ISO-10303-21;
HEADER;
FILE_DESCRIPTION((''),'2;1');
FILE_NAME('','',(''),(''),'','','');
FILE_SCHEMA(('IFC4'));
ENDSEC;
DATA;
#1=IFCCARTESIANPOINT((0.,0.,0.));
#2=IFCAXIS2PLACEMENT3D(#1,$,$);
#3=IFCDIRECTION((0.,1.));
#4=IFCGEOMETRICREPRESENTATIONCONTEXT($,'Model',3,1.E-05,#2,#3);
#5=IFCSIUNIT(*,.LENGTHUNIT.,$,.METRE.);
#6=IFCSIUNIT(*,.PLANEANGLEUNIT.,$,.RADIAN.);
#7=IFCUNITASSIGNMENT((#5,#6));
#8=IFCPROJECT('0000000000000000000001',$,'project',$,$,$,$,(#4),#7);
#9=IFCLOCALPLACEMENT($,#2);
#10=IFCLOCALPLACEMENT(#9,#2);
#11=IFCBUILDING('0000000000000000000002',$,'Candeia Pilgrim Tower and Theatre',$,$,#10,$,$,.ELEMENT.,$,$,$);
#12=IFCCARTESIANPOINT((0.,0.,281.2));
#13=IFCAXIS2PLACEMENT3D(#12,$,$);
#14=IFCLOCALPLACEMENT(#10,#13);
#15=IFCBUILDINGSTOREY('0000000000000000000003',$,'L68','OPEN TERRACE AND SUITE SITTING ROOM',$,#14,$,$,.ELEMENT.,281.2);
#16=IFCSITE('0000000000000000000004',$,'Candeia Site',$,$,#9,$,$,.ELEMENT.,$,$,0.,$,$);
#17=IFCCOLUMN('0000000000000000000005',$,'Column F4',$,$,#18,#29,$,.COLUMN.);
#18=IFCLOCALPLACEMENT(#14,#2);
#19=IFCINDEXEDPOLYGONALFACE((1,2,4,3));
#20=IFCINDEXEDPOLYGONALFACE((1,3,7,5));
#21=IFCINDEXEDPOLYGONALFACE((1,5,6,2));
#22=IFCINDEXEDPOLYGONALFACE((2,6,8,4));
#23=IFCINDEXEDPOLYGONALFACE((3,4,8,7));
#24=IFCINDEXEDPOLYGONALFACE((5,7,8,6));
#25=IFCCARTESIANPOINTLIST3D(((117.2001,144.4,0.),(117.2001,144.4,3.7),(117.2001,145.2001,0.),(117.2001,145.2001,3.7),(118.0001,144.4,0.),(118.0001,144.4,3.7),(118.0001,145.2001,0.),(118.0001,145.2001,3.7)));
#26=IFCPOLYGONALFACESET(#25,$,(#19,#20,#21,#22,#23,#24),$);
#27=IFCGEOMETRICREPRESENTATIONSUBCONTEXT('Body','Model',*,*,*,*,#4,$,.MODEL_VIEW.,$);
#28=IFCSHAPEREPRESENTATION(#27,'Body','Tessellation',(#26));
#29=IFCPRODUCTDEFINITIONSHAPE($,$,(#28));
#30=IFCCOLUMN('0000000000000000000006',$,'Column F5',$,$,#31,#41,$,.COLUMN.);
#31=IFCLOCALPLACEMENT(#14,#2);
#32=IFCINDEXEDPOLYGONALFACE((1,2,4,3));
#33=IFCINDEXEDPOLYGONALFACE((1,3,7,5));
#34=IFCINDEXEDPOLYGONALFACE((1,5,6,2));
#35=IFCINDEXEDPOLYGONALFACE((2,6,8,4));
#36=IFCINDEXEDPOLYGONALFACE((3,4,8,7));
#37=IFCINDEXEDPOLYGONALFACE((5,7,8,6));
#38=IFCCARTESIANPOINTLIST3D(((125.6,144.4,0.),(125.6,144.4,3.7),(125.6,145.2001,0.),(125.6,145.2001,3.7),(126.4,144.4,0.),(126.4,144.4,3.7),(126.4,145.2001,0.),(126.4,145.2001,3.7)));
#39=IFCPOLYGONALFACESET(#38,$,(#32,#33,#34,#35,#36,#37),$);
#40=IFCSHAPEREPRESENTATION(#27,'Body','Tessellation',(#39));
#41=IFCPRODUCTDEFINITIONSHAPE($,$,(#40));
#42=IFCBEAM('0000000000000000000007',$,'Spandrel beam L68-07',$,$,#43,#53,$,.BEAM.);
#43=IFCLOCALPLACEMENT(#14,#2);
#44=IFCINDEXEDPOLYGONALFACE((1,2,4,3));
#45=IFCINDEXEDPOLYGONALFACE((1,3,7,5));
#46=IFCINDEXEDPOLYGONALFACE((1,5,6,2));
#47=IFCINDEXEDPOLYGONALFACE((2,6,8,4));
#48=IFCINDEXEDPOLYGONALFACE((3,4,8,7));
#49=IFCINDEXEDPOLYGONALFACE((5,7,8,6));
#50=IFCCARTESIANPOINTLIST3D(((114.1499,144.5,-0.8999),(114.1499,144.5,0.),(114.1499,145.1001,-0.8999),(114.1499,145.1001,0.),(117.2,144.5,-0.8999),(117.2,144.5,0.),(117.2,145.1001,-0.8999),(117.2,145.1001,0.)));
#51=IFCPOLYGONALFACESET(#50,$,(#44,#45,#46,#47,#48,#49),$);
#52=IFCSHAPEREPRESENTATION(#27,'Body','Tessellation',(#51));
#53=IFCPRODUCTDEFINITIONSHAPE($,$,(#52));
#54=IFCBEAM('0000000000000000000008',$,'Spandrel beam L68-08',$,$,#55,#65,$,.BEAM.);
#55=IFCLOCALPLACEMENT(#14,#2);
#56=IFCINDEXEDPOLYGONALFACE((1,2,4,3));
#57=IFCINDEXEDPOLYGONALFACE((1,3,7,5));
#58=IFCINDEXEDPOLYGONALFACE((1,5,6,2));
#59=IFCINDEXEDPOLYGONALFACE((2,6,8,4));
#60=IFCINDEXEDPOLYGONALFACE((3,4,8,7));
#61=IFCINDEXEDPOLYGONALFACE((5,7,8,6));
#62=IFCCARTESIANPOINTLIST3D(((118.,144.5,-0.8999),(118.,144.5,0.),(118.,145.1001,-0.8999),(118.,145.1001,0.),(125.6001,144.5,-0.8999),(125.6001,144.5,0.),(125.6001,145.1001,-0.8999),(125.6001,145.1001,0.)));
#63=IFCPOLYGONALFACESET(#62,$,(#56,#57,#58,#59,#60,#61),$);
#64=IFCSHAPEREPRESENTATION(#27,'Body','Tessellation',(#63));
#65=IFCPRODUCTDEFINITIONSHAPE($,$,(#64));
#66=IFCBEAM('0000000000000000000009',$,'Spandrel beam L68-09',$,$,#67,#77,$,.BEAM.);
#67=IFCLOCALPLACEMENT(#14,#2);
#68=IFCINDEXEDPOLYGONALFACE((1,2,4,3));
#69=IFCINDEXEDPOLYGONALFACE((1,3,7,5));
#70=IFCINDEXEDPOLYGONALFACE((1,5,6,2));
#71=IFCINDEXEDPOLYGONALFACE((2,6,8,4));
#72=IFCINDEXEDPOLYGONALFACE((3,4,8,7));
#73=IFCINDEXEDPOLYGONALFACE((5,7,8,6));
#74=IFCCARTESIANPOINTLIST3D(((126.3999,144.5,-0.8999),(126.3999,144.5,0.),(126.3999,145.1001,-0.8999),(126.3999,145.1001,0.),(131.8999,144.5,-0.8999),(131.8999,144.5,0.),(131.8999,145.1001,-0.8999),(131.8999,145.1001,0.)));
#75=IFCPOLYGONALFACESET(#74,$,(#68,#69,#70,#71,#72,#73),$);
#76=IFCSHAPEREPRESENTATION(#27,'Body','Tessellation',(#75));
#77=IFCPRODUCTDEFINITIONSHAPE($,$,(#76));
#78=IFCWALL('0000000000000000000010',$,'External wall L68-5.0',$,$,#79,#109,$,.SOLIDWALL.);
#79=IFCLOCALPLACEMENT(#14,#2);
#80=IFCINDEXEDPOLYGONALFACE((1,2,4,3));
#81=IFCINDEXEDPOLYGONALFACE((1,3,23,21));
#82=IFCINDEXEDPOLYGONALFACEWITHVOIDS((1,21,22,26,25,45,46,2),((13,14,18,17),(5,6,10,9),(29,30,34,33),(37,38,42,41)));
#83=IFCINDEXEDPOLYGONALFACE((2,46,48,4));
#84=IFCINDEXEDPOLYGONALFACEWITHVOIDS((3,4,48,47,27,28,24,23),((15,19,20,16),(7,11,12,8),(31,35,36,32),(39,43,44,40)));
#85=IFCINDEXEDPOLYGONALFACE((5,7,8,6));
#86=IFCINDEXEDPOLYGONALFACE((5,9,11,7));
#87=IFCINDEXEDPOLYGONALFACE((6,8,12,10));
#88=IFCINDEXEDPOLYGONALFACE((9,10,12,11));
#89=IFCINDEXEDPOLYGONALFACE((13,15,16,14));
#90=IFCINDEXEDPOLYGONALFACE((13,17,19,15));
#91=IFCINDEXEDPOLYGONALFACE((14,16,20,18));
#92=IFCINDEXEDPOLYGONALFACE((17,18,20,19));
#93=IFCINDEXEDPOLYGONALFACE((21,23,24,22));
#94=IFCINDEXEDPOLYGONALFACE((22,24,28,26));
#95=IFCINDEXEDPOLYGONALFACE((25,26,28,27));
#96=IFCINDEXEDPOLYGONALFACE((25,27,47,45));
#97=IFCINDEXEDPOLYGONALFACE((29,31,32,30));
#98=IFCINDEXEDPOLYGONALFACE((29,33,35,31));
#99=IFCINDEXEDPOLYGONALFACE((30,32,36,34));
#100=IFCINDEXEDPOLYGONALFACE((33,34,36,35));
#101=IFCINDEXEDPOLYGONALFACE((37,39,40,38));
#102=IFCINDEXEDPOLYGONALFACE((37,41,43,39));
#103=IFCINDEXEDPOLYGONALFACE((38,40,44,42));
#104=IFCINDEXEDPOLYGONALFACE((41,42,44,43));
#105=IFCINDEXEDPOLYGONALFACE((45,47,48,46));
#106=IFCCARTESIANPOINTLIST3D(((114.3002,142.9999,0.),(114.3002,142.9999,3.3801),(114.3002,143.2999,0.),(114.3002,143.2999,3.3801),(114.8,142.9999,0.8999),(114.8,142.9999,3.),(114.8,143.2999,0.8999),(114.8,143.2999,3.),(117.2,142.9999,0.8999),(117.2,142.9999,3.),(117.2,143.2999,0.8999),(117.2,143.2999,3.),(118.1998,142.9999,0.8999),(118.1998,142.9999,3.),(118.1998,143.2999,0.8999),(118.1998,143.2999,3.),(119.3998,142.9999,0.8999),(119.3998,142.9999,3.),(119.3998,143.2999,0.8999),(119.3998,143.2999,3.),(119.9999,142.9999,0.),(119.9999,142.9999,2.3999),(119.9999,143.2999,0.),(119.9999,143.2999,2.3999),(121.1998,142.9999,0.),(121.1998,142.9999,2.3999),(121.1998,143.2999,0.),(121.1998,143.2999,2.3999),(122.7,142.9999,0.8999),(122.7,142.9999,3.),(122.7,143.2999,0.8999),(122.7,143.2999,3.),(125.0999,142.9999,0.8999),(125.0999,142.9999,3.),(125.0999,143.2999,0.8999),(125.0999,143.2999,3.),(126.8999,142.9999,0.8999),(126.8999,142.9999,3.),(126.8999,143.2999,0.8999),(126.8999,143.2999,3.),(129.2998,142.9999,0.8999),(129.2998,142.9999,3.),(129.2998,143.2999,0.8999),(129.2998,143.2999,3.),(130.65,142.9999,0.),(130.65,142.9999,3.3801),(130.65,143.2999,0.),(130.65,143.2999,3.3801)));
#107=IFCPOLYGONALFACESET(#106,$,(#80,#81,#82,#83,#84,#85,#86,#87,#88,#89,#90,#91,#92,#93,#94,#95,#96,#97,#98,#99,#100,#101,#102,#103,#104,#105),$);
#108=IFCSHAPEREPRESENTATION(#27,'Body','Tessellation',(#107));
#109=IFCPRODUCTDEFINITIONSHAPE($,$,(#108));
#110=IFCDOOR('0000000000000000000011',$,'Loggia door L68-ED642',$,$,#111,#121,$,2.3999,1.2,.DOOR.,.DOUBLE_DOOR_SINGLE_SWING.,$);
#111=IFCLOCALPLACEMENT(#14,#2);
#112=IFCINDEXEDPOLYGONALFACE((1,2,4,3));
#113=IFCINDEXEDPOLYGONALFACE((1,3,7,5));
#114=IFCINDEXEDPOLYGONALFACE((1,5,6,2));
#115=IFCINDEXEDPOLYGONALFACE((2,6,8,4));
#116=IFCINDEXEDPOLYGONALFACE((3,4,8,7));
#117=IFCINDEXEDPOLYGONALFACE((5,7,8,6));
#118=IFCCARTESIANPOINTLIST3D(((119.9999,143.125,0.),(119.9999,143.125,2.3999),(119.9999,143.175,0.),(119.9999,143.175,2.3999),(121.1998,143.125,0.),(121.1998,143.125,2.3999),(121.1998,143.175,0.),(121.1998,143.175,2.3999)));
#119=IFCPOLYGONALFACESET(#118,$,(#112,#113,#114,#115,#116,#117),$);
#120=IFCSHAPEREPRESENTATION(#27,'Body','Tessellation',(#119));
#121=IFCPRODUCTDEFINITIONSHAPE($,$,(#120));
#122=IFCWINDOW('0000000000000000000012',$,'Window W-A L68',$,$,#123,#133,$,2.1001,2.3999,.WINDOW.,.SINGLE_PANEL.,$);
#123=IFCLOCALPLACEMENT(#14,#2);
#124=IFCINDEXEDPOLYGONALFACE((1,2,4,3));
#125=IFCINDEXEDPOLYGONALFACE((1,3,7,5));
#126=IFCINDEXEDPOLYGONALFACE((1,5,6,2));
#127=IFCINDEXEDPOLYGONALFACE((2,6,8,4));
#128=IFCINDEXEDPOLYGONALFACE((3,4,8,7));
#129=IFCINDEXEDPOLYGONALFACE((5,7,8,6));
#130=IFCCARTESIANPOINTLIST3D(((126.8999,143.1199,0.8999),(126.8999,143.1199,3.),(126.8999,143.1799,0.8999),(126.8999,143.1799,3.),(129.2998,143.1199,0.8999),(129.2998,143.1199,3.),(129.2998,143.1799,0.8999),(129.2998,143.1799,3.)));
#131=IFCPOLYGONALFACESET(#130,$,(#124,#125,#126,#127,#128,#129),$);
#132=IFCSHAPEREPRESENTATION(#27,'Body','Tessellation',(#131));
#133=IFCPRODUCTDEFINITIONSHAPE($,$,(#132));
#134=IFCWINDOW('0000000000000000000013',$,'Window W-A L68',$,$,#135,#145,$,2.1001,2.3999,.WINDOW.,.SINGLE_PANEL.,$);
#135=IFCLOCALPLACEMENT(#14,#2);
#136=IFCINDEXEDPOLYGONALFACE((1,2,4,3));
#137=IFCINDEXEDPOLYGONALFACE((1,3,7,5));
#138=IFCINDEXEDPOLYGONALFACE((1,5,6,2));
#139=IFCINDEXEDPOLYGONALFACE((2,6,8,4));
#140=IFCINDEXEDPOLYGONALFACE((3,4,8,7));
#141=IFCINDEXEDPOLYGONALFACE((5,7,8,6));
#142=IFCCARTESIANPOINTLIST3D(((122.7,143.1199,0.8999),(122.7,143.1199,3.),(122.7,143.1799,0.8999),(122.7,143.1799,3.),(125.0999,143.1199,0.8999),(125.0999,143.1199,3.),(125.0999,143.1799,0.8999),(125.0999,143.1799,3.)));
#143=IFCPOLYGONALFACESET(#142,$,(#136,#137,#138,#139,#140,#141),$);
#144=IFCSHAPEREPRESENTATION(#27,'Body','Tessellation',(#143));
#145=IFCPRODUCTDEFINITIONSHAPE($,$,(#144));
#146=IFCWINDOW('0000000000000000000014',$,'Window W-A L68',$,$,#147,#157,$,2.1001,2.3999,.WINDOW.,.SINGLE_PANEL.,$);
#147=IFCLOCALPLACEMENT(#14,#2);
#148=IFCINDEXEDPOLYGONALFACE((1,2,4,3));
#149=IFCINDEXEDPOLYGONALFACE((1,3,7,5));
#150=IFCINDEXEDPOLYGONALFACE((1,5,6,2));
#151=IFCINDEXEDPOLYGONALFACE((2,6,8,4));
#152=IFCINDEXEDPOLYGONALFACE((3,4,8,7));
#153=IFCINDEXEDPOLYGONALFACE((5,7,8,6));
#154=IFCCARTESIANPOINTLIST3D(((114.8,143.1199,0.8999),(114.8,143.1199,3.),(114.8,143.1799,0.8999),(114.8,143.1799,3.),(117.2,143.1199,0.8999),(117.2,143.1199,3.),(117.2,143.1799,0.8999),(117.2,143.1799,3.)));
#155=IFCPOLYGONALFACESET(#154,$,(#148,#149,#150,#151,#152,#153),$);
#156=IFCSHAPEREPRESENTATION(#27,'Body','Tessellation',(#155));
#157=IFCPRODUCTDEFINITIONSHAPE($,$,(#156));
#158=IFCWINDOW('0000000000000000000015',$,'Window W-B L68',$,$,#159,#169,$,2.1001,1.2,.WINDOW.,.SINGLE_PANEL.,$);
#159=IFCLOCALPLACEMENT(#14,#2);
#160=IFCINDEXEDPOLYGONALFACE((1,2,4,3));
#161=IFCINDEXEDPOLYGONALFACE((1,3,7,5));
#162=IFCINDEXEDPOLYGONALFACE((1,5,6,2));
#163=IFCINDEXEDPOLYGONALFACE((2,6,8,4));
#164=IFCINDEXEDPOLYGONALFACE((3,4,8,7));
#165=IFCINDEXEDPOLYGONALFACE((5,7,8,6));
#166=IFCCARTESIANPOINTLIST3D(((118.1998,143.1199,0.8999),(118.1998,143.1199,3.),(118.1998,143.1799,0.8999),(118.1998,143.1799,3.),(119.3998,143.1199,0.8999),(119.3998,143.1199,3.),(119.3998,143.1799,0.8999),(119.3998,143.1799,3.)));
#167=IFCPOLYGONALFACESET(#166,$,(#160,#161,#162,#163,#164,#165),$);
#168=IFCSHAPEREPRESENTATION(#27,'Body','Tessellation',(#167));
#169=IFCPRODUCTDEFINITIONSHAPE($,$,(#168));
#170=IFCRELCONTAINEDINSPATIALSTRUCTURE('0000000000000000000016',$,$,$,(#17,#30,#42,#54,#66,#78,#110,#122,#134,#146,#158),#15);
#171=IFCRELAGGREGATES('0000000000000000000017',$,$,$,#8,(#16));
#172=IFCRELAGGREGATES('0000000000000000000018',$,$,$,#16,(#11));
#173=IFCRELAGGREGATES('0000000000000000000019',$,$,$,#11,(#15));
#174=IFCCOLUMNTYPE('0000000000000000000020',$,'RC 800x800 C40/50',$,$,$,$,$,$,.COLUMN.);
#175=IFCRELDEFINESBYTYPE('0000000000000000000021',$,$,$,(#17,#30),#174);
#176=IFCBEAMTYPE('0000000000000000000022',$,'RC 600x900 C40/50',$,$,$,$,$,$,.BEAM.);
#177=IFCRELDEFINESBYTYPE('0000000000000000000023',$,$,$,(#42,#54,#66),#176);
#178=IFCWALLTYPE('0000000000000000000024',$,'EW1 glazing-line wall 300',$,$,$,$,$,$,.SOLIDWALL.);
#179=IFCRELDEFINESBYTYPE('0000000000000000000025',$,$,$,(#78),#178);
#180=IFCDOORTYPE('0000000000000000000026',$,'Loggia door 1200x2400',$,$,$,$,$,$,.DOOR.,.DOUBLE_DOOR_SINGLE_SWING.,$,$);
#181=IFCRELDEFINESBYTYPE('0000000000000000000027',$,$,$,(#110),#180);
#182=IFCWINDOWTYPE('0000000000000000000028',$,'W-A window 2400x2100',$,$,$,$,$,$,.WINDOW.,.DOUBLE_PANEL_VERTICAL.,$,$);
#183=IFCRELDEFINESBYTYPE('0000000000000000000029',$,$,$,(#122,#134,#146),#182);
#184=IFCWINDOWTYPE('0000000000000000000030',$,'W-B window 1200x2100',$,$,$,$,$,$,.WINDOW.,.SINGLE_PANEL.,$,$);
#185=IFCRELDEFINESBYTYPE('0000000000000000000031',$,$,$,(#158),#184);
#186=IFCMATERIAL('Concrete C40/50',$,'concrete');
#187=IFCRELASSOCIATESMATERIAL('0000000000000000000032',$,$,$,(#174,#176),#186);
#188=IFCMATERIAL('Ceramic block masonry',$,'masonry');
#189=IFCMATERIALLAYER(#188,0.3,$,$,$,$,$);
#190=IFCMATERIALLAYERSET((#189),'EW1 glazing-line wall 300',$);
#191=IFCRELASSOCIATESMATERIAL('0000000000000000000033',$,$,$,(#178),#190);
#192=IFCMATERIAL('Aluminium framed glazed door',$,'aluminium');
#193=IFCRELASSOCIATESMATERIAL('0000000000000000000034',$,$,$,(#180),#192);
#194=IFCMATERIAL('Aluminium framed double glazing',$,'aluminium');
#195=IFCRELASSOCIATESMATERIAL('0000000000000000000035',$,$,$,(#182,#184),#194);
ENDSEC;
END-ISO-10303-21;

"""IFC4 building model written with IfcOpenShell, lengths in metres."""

from ifc_helpers import new_model, si_unit, direction, frame, frame_2d, origin, origin_2d, place, context, subcontext, project, spatial, rectangle, extrude, material, layer, layer_set, material_profile, profile_set, type_object, element, fill, save


model = new_model("IFC4")

# Units and contexts
model_context = context("Model", 3, precision=1e-05, world=origin(), true_north=direction((0.0, 1.0)))
body_context = subcontext(model_context, "Body", "Model", "MODEL_VIEW")
ifc_project = project(units=[si_unit("LENGTHUNIT", "METRE"), si_unit("PLANEANGLEUNIT", "RADIAN")], contexts=[model_context])

# Site, building, storey
site_placement = place(None, origin())
site = spatial("IfcSite", under=ifc_project, at=site_placement, Name="Candeia Site", CompositionType="ELEMENT", RefElevation=0.0)
building_placement = place(site_placement, origin())
building = spatial("IfcBuilding", under=site, at=building_placement, Name="Candeia Pilgrim Tower and Theatre", CompositionType="ELEMENT")
storey_placement = place(building_placement, frame((0.0, 0.0, 281.2)))
storey = spatial("IfcBuildingStorey", under=building, at=storey_placement, Name="L68", Description="OPEN TERRACE AND SUITE SITTING ROOM", CompositionType="ELEMENT", Elevation=281.2)

# Columns
ifc_material_1 = material(Name="Concrete C40/50", Category="concrete")
ifc_material_profile_1 = material_profile(ifc_material_1, rectangle(XDim=0.8, YDim=0.8, at=origin_2d()))
ifc_profile_set_1 = profile_set([ifc_material_profile_1], Name="Concrete C40/50")
column_type = type_object("IfcColumnType", Name="RC 800x800 C40/50", PredefinedType="COLUMN", material=ifc_profile_set_1)
for number, where, z_axis, x_axis, name in (
    (1, (117.6001, 144.8, 0.0), (0.0, 0.0, 1.0), (1.0, 0.0, 0.0), "Column F4"),
    (2, (126.0, 144.8, 0.0), (0.0, 0.0, 1.0), (1.0, 0.0, 0.0), "Column F5"),
):
    element("IfcColumn", number, at=place(storey_placement, frame(where, z_axis=z_axis, x_axis=x_axis)), inside=storey, type_object=column_type, Name=name, PredefinedType="COLUMN", context=body_context, shape_type="SweptSolid", body=[
        extrude(rectangle(XDim=0.8, YDim=0.8, at=origin_2d()), origin(), (0.0, 0.0, 1.0), 3.7),
    ])

# Beams
ifc_material_profile_2 = material_profile(ifc_material_1, rectangle(XDim=0.6001, YDim=0.8999, at=origin_2d()))
ifc_profile_set_2 = profile_set([ifc_material_profile_2], Name="Concrete C40/50")
beam_type = type_object("IfcBeamType", Name="RC 600x900 C40/50", PredefinedType="BEAM", material=ifc_profile_set_2)
beam_1_placement = place(storey_placement, frame((114.1499, 144.8, -0.45), z_axis=(1.0, 0.0, 0.0), x_axis=(0.0, 1.0, 0.0)))
element("IfcBeam", 3, at=beam_1_placement, inside=storey, type_object=beam_type, Name="Spandrel beam L68-07", PredefinedType="BEAM", context=body_context, shape_type="SweptSolid", body=[
    extrude(rectangle(XDim=0.6001, YDim=0.8999, at=origin_2d()), origin(), (0.0, 0.0, 1.0), 3.05),
])
beam_2_placement = place(storey_placement, frame((118.0, 144.8, -0.45), z_axis=(1.0, 0.0, 0.0), x_axis=(0.0, 1.0, 0.0)))
element("IfcBeam", 4, at=beam_2_placement, inside=storey, type_object=beam_type, Name="Spandrel beam L68-08", PredefinedType="BEAM", context=body_context, shape_type="SweptSolid", body=[
    extrude(rectangle(XDim=0.6001, YDim=0.8999, at=origin_2d()), origin(), (0.0, 0.0, 1.0), 7.6001),
])
beam_3_placement = place(storey_placement, frame((126.3999, 144.8, -0.45), z_axis=(1.0, 0.0, 0.0), x_axis=(0.0, 1.0, 0.0)))
element("IfcBeam", 5, at=beam_3_placement, inside=storey, type_object=beam_type, Name="Spandrel beam L68-09", PredefinedType="BEAM", context=body_context, shape_type="SweptSolid", body=[
    extrude(rectangle(XDim=0.6001, YDim=0.8999, at=origin_2d()), origin(), (0.0, 0.0, 1.0), 5.5),
])

# Shared definitions
ifc_material_2 = material(Name="Ceramic block masonry", Category="masonry")
ifc_layer_1 = layer(ifc_material_2, 0.3)
ifc_layer_set_1 = layer_set([ifc_layer_1], Name="EW1 glazing-line wall 300")
wall_type_1 = type_object("IfcWallType", Name="EW1 glazing-line wall 300", PredefinedType="SOLIDWALL", material=ifc_layer_set_1)
ifc_material_3 = material(Name="Aluminium framed glazed door", Category="aluminium")
door_type = type_object("IfcDoorType", Name="Loggia door 1200x2400", OperationType="DOUBLE_DOOR_SINGLE_SWING", PredefinedType="DOOR", material=ifc_material_3)

# Wall, openings, door, windows
wall_1_placement = place(storey_placement, frame((130.6499, 143.1499, 0.0), z_axis=(0.0, 0.0, 1.0), x_axis=(-1.0, 0.0, 0.0)))
wall_1 = element("IfcWall", 6, at=wall_1_placement, inside=storey, type_object=wall_type_1, Name="External wall L68-5.0", PredefinedType="SOLIDWALL", context=body_context, shape_type="SweptSolid", body=[
    extrude(rectangle(XDim=16.3499, YDim=0.3, at=frame_2d((8.1748, 0.0))), origin(), (0.0, 0.0, 1.0), 3.3801),
])
opening_1_placement = place(wall_1_placement, frame((1.3501, 0.0, 0.8999)))
opening_1 = element("IfcOpeningElement", 7, at=opening_1_placement, cuts=wall_1, PredefinedType="OPENING", context=body_context, shape_type="SweptSolid", body=[
    extrude(rectangle(XDim=2.3999, YDim=2.1001, at=frame_2d((1.2, 1.05))), frame((0.0, 0.1602, 0.0), z_axis=(0.0, -1.0, 0.0), x_axis=(1.0, 0.0, 0.0)), (0.0, 0.0, 1.0), 0.3201),
])
opening_2_placement = place(wall_1_placement, frame((5.55, 0.0, 0.8999)))
opening_2 = element("IfcOpeningElement", 8, at=opening_2_placement, cuts=wall_1, PredefinedType="OPENING", context=body_context, shape_type="SweptSolid", body=[
    extrude(rectangle(XDim=2.3999, YDim=2.1001, at=frame_2d((1.2, 1.05))), frame((0.0, 0.1602, 0.0), z_axis=(0.0, -1.0, 0.0), x_axis=(1.0, 0.0, 0.0)), (0.0, 0.0, 1.0), 0.3201),
])
opening_3_placement = place(wall_1_placement, frame((9.45, 0.0, 0.0)))
opening_3 = element("IfcOpeningElement", 9, at=opening_3_placement, cuts=wall_1, PredefinedType="OPENING", context=body_context, shape_type="SweptSolid", body=[
    extrude(rectangle(XDim=1.2, YDim=2.3999, at=frame_2d((0.6001, 1.2))), frame((0.0, 0.1602, 0.0), z_axis=(0.0, -1.0, 0.0), x_axis=(1.0, 0.0, 0.0)), (0.0, 0.0, 1.0), 0.3201),
])
opening_4_placement = place(wall_1_placement, frame((11.25, 0.0, 0.8999)))
opening_4 = element("IfcOpeningElement", 10, at=opening_4_placement, cuts=wall_1, PredefinedType="OPENING", context=body_context, shape_type="SweptSolid", body=[
    extrude(rectangle(XDim=1.2, YDim=2.1001, at=frame_2d((0.6001, 1.05))), frame((0.0, 0.1602, 0.0), z_axis=(0.0, -1.0, 0.0), x_axis=(1.0, 0.0, 0.0)), (0.0, 0.0, 1.0), 0.3201),
])
opening_5_placement = place(wall_1_placement, frame((13.45, 0.0, 0.8999)))
opening_5 = element("IfcOpeningElement", 11, at=opening_5_placement, cuts=wall_1, PredefinedType="OPENING", context=body_context, shape_type="SweptSolid", body=[
    extrude(rectangle(XDim=2.3999, YDim=2.1001, at=frame_2d((1.2, 1.05))), frame((0.0, 0.1602, 0.0), z_axis=(0.0, -1.0, 0.0), x_axis=(1.0, 0.0, 0.0)), (0.0, 0.0, 1.0), 0.3201),
])
door_1_placement = place(opening_3_placement, origin())
door_1 = element("IfcDoor", 12, at=door_1_placement, inside=storey, type_object=door_type, Name="Loggia door L68-ED642", OperationType="DOUBLE_DOOR_SINGLE_SWING", OverallHeight=2.3999, OverallWidth=1.2, PredefinedType="DOOR", context=body_context, shape_type="SweptSolid", body=[
    extrude(rectangle(XDim=1.2, YDim=2.3999, at=frame_2d((0.6001, 1.2))), frame((0.0, 0.0249, 0.0), z_axis=(0.0, -1.0, 0.0), x_axis=(1.0, 0.0, 0.0)), (0.0, 0.0, 1.0), 0.05),
])
fill(opening_3, door_1)
ifc_material_4 = material(Name="Aluminium framed double glazing", Category="aluminium")
window_type_1 = type_object("IfcWindowType", Name="W-A window 2400x2100", PartitioningType="DOUBLE_PANEL_VERTICAL", PredefinedType="WINDOW", material=ifc_material_4)
window_1_placement = place(opening_1_placement, origin())
window_1 = element("IfcWindow", 13, at=window_1_placement, inside=storey, type_object=window_type_1, Name="Window W-A L68", OverallHeight=2.1001, OverallWidth=2.3999, PartitioningType="SINGLE_PANEL", PredefinedType="WINDOW", context=body_context, shape_type="SweptSolid", body=[
    extrude(rectangle(XDim=2.3999, YDim=2.1001, at=frame_2d((1.2, 1.05))), frame((0.0, 0.03, 0.0), z_axis=(0.0, -1.0, 0.0), x_axis=(1.0, 0.0, 0.0)), (0.0, 0.0, 1.0), 0.0601),
])
fill(opening_1, window_1)
window_2_placement = place(opening_2_placement, origin())
window_2 = element("IfcWindow", 14, at=window_2_placement, inside=storey, type_object=window_type_1, Name="Window W-A L68", OverallHeight=2.1001, OverallWidth=2.3999, PartitioningType="SINGLE_PANEL", PredefinedType="WINDOW", context=body_context, shape_type="SweptSolid", body=[
    extrude(rectangle(XDim=2.3999, YDim=2.1001, at=frame_2d((1.2, 1.05))), frame((0.0, 0.03, 0.0), z_axis=(0.0, -1.0, 0.0), x_axis=(1.0, 0.0, 0.0)), (0.0, 0.0, 1.0), 0.0601),
])
fill(opening_2, window_2)
window_3_placement = place(opening_5_placement, origin())
window_3 = element("IfcWindow", 15, at=window_3_placement, inside=storey, type_object=window_type_1, Name="Window W-A L68", OverallHeight=2.1001, OverallWidth=2.3999, PartitioningType="SINGLE_PANEL", PredefinedType="WINDOW", context=body_context, shape_type="SweptSolid", body=[
    extrude(rectangle(XDim=2.3999, YDim=2.1001, at=frame_2d((1.2, 1.05))), frame((0.0, 0.03, 0.0), z_axis=(0.0, -1.0, 0.0), x_axis=(1.0, 0.0, 0.0)), (0.0, 0.0, 1.0), 0.0601),
])
fill(opening_5, window_3)
window_type_2 = type_object("IfcWindowType", Name="W-B window 1200x2100", PartitioningType="SINGLE_PANEL", PredefinedType="WINDOW", material=ifc_material_4)
window_4_placement = place(opening_4_placement, origin())
window_4 = element("IfcWindow", 16, at=window_4_placement, inside=storey, type_object=window_type_2, Name="Window W-B L68", OverallHeight=2.1001, OverallWidth=1.2, PartitioningType="SINGLE_PANEL", PredefinedType="WINDOW", context=body_context, shape_type="SweptSolid", body=[
    extrude(rectangle(XDim=1.2, YDim=2.1001, at=frame_2d((0.6001, 1.05))), frame((0.0, 0.03, 0.0), z_axis=(0.0, -1.0, 0.0), x_axis=(1.0, 0.0, 0.0)), (0.0, 0.0, 1.0), 0.0601),
])
fill(opening_4, window_4)

save(model, "model.ifc")
